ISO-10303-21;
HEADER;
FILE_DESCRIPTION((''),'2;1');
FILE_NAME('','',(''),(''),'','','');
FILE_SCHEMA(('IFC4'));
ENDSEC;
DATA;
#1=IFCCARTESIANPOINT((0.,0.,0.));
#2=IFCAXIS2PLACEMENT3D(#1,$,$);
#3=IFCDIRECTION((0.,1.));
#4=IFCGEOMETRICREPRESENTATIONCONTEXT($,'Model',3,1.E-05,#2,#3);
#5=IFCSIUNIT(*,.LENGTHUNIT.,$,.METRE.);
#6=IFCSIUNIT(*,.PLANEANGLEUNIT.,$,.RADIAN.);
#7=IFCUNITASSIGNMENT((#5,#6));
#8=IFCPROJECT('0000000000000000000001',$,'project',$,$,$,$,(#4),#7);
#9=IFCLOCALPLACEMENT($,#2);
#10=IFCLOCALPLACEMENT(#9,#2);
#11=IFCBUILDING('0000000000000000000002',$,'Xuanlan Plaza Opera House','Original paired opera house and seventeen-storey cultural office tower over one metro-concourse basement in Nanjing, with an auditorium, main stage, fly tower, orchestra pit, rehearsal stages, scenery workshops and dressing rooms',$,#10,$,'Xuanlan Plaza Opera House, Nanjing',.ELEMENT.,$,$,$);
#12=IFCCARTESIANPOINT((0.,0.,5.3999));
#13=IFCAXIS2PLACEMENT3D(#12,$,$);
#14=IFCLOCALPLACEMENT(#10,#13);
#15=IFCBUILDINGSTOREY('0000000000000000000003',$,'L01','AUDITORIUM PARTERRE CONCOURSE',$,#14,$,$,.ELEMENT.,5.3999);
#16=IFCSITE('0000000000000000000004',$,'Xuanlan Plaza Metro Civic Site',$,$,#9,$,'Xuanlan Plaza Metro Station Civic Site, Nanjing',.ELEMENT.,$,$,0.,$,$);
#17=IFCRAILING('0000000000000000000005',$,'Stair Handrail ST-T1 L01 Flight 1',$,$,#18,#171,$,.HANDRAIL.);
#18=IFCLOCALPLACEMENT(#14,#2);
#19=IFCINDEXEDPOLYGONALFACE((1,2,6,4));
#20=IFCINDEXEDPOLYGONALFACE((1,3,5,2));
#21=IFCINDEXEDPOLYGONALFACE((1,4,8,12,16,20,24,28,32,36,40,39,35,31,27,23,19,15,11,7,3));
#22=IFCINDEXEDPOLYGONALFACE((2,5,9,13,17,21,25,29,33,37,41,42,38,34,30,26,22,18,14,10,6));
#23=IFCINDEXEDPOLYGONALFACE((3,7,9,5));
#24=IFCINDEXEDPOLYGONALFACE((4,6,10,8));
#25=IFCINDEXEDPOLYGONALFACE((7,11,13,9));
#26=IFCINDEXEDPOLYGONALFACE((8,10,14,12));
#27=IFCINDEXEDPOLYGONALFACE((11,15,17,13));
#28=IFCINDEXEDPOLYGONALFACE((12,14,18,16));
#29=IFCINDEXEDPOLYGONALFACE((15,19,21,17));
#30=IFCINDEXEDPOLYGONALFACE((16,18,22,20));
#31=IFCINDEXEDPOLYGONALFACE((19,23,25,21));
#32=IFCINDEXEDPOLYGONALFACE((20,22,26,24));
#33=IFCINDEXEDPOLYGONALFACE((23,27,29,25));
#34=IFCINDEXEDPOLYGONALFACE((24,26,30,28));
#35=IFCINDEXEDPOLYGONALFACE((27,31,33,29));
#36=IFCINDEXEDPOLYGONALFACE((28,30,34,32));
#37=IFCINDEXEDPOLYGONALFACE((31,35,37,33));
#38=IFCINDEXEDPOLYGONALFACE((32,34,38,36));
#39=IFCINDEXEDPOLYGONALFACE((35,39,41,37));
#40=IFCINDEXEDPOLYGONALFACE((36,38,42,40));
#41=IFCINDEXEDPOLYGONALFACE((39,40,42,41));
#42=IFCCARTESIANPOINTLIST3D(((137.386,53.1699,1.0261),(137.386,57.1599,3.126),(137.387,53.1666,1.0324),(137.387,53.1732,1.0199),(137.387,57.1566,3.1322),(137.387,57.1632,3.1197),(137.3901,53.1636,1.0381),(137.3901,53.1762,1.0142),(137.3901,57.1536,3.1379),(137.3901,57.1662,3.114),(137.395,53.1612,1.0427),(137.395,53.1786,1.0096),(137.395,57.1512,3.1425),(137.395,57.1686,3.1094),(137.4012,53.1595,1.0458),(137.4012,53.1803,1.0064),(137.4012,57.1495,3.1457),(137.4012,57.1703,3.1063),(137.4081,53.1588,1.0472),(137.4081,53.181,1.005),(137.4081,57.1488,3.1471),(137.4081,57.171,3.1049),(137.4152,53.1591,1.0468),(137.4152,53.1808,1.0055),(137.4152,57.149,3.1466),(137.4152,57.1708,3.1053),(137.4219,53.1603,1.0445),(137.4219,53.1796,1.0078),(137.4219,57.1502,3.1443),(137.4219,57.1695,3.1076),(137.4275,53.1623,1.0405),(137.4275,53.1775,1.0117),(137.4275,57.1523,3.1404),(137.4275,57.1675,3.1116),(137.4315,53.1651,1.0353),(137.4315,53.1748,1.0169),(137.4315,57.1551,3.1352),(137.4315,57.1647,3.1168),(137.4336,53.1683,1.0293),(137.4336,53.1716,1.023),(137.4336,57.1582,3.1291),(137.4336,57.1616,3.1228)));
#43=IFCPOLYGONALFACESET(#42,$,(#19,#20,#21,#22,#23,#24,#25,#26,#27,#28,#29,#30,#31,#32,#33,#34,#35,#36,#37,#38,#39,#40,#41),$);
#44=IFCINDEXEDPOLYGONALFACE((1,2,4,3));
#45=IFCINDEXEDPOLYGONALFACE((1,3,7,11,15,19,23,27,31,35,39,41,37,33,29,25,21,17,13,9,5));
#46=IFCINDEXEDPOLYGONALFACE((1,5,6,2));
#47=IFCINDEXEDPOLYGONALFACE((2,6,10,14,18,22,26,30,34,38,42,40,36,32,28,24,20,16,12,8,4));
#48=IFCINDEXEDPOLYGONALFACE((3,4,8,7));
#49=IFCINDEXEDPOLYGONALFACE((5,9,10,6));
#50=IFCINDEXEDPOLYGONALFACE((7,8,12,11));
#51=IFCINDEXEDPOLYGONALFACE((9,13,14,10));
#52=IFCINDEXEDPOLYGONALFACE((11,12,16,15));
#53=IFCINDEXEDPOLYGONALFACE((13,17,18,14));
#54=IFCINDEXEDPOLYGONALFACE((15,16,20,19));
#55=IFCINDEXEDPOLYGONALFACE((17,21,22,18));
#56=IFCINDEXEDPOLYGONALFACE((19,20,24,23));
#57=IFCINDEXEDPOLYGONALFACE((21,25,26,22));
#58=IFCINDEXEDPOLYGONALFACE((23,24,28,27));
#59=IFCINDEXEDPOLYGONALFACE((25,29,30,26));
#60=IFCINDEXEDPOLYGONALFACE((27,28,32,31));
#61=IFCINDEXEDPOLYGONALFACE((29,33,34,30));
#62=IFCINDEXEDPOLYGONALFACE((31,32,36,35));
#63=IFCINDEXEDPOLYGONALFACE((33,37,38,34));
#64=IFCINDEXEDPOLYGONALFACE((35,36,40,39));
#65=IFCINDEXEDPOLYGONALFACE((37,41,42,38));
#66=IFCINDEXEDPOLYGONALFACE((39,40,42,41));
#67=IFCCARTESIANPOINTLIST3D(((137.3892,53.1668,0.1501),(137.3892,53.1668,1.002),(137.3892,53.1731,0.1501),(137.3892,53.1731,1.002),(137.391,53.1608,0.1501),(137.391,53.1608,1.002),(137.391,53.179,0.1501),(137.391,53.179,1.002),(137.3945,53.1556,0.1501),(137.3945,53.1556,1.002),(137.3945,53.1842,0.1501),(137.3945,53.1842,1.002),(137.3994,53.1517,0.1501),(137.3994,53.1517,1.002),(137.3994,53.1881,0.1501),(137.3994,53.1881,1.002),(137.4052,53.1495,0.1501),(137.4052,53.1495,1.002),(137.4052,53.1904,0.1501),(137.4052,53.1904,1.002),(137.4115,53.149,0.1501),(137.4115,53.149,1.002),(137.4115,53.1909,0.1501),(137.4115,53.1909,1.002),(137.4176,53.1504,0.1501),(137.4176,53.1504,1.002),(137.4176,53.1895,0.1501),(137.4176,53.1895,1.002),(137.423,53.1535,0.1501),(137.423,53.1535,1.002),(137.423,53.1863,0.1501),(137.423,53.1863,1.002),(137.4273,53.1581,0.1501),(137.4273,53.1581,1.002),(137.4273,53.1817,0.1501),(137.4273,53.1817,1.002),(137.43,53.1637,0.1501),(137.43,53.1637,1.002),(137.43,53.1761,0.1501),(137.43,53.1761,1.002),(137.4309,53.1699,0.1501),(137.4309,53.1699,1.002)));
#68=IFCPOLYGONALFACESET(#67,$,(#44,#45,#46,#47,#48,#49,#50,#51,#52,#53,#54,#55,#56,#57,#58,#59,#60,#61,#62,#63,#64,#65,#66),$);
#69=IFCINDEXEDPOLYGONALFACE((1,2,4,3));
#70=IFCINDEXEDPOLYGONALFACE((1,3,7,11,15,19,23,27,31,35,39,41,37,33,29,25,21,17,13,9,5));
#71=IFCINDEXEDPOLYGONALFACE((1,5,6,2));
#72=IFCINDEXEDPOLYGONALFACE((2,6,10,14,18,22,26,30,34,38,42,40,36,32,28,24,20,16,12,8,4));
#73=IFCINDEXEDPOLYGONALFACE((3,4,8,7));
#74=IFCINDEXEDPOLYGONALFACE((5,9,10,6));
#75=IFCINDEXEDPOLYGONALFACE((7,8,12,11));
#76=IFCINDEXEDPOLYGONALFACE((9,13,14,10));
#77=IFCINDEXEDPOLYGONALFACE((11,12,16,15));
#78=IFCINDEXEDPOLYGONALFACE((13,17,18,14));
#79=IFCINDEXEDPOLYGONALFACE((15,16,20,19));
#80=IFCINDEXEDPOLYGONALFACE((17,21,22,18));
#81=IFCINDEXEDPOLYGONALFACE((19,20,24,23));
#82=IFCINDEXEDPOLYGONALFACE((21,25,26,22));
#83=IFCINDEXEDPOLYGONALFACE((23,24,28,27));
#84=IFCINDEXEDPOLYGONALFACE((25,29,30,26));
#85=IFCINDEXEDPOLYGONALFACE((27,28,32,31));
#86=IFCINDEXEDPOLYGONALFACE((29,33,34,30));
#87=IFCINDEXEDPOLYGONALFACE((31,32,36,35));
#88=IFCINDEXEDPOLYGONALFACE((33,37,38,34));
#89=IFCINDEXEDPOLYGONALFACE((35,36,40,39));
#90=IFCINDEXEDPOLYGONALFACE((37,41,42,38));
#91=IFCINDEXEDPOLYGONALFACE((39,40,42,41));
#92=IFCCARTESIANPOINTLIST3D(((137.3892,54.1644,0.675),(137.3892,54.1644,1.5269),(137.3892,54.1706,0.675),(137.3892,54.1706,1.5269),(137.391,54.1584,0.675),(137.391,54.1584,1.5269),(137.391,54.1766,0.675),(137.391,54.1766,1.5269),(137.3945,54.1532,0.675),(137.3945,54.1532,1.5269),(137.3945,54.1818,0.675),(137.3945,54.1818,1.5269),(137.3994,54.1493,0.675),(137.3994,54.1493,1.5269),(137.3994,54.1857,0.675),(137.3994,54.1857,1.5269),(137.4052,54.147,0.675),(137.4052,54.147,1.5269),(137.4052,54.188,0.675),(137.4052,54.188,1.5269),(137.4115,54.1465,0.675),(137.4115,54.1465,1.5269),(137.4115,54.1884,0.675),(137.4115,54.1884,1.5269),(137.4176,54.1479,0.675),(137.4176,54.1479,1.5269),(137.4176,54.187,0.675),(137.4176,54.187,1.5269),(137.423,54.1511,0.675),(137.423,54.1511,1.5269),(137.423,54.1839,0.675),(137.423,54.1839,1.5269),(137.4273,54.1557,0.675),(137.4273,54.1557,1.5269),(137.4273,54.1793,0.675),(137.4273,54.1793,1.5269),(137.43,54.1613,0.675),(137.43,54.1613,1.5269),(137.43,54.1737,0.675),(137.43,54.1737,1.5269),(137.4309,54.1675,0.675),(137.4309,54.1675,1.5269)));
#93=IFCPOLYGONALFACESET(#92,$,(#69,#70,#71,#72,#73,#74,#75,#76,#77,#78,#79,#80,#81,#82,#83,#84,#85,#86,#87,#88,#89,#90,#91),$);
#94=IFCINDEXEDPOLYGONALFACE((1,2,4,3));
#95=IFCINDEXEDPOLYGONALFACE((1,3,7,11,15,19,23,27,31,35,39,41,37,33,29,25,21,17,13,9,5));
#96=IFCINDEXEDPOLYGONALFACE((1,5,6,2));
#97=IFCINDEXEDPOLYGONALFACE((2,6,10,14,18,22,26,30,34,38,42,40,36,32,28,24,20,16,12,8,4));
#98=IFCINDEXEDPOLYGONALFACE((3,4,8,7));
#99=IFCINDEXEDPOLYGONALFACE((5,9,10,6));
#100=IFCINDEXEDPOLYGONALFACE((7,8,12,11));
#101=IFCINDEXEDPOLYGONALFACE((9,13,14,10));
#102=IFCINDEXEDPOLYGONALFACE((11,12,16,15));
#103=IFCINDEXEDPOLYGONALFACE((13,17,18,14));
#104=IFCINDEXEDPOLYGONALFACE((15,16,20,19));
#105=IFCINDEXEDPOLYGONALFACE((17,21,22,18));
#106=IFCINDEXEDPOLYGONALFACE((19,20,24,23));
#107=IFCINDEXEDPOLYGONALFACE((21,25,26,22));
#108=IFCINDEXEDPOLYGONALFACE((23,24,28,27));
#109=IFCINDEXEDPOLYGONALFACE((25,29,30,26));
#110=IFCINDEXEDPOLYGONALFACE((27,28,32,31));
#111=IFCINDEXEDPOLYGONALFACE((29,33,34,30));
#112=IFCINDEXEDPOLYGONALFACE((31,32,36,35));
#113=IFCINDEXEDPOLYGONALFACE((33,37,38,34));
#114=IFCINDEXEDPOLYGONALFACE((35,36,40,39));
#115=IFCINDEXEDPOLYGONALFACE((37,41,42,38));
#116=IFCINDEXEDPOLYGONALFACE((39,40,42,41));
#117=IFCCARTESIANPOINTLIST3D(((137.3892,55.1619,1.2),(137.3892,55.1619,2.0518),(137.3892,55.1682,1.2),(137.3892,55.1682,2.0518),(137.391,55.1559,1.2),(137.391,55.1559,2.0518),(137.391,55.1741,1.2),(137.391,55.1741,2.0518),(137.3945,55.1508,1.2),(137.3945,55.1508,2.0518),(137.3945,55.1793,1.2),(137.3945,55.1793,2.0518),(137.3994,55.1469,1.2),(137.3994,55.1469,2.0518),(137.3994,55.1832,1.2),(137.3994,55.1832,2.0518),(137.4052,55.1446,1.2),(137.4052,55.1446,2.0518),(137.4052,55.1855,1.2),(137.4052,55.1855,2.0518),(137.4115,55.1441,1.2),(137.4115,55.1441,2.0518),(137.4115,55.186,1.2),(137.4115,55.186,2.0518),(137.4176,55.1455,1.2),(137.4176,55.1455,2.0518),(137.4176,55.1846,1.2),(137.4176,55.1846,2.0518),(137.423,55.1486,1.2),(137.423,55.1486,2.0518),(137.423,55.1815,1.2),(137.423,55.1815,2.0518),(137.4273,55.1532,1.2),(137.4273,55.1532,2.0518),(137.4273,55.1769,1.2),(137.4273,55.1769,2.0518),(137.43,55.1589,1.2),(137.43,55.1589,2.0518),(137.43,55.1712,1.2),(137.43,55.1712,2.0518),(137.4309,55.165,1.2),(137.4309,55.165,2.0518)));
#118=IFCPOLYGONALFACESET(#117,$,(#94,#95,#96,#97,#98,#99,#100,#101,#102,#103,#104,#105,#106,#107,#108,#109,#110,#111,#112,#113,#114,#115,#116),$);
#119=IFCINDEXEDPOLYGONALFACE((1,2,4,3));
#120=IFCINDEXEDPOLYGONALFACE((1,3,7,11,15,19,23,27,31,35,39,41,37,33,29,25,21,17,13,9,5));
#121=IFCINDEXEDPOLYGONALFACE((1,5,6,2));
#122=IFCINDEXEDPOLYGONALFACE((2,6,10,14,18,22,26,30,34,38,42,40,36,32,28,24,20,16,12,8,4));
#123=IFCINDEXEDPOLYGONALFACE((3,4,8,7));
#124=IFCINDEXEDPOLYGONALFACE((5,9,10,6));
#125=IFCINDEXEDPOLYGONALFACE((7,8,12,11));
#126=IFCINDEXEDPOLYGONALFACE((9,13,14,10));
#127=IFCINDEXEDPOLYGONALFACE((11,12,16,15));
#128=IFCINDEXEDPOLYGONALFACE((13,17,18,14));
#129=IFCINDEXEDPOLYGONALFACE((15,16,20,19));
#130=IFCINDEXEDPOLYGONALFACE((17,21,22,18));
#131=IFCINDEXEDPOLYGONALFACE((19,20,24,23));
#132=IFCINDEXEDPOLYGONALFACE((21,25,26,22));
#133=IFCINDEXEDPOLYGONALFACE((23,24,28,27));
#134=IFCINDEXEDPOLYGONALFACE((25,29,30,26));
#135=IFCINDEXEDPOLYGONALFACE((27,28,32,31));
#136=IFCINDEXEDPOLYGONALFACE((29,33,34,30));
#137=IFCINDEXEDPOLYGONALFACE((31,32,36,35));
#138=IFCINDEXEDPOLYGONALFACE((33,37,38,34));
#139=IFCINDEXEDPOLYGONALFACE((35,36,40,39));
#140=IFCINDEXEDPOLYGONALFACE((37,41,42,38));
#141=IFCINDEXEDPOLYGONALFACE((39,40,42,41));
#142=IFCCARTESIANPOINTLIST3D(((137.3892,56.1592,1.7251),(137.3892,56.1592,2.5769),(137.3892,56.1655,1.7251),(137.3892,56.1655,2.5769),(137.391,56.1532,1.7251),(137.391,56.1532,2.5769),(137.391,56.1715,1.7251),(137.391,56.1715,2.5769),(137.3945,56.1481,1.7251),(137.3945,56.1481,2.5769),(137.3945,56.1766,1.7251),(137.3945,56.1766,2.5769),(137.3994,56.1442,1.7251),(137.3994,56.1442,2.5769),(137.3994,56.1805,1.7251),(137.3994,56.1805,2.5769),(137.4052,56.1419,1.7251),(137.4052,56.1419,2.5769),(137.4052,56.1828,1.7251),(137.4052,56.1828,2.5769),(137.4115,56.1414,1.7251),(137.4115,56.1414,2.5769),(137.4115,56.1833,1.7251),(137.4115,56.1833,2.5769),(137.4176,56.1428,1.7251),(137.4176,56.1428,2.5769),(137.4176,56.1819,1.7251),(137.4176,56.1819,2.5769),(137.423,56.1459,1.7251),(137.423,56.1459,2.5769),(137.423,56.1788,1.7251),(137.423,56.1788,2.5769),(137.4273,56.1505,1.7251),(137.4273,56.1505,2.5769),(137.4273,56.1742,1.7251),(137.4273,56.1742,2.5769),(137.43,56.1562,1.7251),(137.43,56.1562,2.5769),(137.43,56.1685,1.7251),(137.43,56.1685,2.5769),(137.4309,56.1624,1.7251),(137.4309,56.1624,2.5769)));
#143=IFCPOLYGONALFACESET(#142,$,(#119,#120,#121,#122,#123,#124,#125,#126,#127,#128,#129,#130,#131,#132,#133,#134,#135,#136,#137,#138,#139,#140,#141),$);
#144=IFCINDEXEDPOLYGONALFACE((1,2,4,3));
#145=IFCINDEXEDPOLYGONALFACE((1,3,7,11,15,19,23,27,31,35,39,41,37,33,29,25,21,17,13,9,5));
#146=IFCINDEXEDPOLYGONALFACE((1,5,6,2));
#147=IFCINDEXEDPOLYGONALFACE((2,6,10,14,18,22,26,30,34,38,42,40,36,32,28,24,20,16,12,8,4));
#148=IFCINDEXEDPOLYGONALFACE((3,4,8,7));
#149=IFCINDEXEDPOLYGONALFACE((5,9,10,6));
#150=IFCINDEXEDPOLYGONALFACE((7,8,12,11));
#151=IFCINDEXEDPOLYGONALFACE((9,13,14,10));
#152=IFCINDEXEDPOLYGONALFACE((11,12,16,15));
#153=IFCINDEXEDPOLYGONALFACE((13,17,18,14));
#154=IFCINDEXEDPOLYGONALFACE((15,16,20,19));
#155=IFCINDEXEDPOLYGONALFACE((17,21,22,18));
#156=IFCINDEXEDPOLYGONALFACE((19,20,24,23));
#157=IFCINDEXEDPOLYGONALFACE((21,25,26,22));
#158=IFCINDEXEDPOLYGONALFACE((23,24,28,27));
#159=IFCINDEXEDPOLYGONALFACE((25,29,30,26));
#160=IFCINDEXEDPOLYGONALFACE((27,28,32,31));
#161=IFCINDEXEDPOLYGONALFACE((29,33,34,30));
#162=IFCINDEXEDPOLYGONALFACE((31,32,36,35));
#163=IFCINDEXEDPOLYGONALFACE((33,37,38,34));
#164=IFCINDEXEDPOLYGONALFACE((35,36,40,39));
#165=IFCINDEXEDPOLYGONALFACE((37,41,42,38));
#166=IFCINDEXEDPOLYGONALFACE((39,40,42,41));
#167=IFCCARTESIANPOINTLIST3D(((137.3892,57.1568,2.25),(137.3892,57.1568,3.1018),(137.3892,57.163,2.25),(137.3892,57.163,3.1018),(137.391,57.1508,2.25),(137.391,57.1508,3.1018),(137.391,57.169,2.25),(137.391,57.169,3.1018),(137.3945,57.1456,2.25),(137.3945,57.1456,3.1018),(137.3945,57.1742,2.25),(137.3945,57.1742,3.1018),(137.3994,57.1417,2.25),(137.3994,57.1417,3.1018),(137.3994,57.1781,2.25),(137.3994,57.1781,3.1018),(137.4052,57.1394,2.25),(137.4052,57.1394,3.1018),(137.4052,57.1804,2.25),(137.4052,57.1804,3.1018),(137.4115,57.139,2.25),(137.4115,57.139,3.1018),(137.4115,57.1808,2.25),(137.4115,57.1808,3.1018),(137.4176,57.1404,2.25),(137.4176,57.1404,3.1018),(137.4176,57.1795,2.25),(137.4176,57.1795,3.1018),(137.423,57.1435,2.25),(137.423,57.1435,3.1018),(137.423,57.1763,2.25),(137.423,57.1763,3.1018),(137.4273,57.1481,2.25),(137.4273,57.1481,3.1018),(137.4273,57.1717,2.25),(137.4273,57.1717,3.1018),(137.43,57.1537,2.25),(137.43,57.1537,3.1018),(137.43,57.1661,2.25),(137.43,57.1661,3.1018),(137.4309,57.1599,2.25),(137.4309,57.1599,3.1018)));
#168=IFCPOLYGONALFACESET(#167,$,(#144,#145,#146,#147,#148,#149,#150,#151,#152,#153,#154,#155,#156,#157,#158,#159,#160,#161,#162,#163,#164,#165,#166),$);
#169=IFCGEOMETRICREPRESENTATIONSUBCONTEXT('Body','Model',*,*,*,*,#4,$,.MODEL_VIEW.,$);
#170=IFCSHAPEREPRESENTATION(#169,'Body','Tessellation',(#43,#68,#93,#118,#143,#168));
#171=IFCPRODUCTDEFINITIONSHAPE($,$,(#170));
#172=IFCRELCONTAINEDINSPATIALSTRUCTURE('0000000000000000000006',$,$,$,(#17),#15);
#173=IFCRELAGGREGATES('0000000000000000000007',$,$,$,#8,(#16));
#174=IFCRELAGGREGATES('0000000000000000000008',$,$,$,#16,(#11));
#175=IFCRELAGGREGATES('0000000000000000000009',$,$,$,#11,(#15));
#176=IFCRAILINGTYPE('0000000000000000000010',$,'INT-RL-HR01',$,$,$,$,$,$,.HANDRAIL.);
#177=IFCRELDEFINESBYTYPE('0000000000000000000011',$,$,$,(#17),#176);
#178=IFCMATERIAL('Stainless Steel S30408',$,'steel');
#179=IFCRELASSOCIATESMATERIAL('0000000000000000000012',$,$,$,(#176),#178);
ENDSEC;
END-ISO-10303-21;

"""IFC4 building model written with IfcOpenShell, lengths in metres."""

from ifc_helpers import new_model, si_unit, direction, frame, origin, origin_2d, place, context, subcontext, project, spatial, circle, extrude, material, type_object, element, save


model = new_model("IFC4")

# Units and contexts
model_context = context("Model", 3, precision=1e-05, world=origin(), true_north=direction((0.0, 1.0)))
body_context = subcontext(model_context, "Body", "Model", "MODEL_VIEW")
ifc_project = project(units=[si_unit("LENGTHUNIT", "METRE"), si_unit("PLANEANGLEUNIT", "RADIAN")], contexts=[model_context])

# Site, building, storey
site_placement = place(None, origin())
site = spatial("IfcSite", under=ifc_project, at=site_placement, Name="Xuanlan Plaza Metro Civic Site", LongName="Xuanlan Plaza Metro Station Civic Site, Nanjing", CompositionType="ELEMENT", RefElevation=0.0)
building_placement = place(site_placement, origin())
building = spatial("IfcBuilding", under=site, at=building_placement, Name="Xuanlan Plaza Opera House", Description="Original paired opera house and seventeen-storey cultural office tower over one metro-concourse basement in Nanjing, with an auditorium, main stage, fly tower, orchestra pit, rehearsal stages, scenery workshops and dressing rooms", LongName="Xuanlan Plaza Opera House, Nanjing", CompositionType="ELEMENT")
storey_placement = place(building_placement, frame((0.0, 0.0, 5.3999)))
storey = spatial("IfcBuildingStorey", under=building, at=storey_placement, Name="L01", Description="AUDITORIUM PARTERRE CONCOURSE", CompositionType="ELEMENT", Elevation=5.3999)

# Shared definitions
ifc_material_1 = material(Name="Stainless Steel S30408", Category="steel")

# Railing
railing_type = type_object("IfcRailingType", Name="INT-RL-HR01", PredefinedType="HANDRAIL", material=ifc_material_1)
railing_placement = place(storey_placement, frame((137.4099, 53.1699, 0.1501)))
element("IfcRailing", 1, at=railing_placement, inside=storey, type_object=railing_type, Name="Stair Handrail ST-T1 L01 Flight 1", PredefinedType="HANDRAIL", context=body_context, shape_type="SweptSolid", body=[
    extrude(circle(Radius=0.0239, at=origin_2d()), frame((0.0, 0.0, 0.876), z_axis=(0.0, 0.884931, 0.465722), x_axis=(-1.0, 0.0, 0.0)), (0.0, 0.0, 1.0), 4.5088),
    extrude(circle(Radius=0.021, at=origin_2d()), origin(), (0.0, 0.0, 1.0), 0.8518),
    extrude(circle(Radius=0.021, at=origin_2d()), frame((0.0, 0.9976, 0.5249)), (0.0, 0.0, 1.0), 0.8518),
    extrude(circle(Radius=0.021, at=origin_2d()), frame((0.0, 1.9951, 1.0498)), (0.0, 0.0, 1.0), 0.8518),
    extrude(circle(Radius=0.021, at=origin_2d()), frame((0.0, 2.9924, 1.575)), (0.0, 0.0, 1.0), 0.8518),
    extrude(circle(Radius=0.021, at=origin_2d()), frame((0.0, 3.99, 2.0999)), (0.0, 0.0, 1.0), 0.8518),
])

save(model, "model.ifc")
